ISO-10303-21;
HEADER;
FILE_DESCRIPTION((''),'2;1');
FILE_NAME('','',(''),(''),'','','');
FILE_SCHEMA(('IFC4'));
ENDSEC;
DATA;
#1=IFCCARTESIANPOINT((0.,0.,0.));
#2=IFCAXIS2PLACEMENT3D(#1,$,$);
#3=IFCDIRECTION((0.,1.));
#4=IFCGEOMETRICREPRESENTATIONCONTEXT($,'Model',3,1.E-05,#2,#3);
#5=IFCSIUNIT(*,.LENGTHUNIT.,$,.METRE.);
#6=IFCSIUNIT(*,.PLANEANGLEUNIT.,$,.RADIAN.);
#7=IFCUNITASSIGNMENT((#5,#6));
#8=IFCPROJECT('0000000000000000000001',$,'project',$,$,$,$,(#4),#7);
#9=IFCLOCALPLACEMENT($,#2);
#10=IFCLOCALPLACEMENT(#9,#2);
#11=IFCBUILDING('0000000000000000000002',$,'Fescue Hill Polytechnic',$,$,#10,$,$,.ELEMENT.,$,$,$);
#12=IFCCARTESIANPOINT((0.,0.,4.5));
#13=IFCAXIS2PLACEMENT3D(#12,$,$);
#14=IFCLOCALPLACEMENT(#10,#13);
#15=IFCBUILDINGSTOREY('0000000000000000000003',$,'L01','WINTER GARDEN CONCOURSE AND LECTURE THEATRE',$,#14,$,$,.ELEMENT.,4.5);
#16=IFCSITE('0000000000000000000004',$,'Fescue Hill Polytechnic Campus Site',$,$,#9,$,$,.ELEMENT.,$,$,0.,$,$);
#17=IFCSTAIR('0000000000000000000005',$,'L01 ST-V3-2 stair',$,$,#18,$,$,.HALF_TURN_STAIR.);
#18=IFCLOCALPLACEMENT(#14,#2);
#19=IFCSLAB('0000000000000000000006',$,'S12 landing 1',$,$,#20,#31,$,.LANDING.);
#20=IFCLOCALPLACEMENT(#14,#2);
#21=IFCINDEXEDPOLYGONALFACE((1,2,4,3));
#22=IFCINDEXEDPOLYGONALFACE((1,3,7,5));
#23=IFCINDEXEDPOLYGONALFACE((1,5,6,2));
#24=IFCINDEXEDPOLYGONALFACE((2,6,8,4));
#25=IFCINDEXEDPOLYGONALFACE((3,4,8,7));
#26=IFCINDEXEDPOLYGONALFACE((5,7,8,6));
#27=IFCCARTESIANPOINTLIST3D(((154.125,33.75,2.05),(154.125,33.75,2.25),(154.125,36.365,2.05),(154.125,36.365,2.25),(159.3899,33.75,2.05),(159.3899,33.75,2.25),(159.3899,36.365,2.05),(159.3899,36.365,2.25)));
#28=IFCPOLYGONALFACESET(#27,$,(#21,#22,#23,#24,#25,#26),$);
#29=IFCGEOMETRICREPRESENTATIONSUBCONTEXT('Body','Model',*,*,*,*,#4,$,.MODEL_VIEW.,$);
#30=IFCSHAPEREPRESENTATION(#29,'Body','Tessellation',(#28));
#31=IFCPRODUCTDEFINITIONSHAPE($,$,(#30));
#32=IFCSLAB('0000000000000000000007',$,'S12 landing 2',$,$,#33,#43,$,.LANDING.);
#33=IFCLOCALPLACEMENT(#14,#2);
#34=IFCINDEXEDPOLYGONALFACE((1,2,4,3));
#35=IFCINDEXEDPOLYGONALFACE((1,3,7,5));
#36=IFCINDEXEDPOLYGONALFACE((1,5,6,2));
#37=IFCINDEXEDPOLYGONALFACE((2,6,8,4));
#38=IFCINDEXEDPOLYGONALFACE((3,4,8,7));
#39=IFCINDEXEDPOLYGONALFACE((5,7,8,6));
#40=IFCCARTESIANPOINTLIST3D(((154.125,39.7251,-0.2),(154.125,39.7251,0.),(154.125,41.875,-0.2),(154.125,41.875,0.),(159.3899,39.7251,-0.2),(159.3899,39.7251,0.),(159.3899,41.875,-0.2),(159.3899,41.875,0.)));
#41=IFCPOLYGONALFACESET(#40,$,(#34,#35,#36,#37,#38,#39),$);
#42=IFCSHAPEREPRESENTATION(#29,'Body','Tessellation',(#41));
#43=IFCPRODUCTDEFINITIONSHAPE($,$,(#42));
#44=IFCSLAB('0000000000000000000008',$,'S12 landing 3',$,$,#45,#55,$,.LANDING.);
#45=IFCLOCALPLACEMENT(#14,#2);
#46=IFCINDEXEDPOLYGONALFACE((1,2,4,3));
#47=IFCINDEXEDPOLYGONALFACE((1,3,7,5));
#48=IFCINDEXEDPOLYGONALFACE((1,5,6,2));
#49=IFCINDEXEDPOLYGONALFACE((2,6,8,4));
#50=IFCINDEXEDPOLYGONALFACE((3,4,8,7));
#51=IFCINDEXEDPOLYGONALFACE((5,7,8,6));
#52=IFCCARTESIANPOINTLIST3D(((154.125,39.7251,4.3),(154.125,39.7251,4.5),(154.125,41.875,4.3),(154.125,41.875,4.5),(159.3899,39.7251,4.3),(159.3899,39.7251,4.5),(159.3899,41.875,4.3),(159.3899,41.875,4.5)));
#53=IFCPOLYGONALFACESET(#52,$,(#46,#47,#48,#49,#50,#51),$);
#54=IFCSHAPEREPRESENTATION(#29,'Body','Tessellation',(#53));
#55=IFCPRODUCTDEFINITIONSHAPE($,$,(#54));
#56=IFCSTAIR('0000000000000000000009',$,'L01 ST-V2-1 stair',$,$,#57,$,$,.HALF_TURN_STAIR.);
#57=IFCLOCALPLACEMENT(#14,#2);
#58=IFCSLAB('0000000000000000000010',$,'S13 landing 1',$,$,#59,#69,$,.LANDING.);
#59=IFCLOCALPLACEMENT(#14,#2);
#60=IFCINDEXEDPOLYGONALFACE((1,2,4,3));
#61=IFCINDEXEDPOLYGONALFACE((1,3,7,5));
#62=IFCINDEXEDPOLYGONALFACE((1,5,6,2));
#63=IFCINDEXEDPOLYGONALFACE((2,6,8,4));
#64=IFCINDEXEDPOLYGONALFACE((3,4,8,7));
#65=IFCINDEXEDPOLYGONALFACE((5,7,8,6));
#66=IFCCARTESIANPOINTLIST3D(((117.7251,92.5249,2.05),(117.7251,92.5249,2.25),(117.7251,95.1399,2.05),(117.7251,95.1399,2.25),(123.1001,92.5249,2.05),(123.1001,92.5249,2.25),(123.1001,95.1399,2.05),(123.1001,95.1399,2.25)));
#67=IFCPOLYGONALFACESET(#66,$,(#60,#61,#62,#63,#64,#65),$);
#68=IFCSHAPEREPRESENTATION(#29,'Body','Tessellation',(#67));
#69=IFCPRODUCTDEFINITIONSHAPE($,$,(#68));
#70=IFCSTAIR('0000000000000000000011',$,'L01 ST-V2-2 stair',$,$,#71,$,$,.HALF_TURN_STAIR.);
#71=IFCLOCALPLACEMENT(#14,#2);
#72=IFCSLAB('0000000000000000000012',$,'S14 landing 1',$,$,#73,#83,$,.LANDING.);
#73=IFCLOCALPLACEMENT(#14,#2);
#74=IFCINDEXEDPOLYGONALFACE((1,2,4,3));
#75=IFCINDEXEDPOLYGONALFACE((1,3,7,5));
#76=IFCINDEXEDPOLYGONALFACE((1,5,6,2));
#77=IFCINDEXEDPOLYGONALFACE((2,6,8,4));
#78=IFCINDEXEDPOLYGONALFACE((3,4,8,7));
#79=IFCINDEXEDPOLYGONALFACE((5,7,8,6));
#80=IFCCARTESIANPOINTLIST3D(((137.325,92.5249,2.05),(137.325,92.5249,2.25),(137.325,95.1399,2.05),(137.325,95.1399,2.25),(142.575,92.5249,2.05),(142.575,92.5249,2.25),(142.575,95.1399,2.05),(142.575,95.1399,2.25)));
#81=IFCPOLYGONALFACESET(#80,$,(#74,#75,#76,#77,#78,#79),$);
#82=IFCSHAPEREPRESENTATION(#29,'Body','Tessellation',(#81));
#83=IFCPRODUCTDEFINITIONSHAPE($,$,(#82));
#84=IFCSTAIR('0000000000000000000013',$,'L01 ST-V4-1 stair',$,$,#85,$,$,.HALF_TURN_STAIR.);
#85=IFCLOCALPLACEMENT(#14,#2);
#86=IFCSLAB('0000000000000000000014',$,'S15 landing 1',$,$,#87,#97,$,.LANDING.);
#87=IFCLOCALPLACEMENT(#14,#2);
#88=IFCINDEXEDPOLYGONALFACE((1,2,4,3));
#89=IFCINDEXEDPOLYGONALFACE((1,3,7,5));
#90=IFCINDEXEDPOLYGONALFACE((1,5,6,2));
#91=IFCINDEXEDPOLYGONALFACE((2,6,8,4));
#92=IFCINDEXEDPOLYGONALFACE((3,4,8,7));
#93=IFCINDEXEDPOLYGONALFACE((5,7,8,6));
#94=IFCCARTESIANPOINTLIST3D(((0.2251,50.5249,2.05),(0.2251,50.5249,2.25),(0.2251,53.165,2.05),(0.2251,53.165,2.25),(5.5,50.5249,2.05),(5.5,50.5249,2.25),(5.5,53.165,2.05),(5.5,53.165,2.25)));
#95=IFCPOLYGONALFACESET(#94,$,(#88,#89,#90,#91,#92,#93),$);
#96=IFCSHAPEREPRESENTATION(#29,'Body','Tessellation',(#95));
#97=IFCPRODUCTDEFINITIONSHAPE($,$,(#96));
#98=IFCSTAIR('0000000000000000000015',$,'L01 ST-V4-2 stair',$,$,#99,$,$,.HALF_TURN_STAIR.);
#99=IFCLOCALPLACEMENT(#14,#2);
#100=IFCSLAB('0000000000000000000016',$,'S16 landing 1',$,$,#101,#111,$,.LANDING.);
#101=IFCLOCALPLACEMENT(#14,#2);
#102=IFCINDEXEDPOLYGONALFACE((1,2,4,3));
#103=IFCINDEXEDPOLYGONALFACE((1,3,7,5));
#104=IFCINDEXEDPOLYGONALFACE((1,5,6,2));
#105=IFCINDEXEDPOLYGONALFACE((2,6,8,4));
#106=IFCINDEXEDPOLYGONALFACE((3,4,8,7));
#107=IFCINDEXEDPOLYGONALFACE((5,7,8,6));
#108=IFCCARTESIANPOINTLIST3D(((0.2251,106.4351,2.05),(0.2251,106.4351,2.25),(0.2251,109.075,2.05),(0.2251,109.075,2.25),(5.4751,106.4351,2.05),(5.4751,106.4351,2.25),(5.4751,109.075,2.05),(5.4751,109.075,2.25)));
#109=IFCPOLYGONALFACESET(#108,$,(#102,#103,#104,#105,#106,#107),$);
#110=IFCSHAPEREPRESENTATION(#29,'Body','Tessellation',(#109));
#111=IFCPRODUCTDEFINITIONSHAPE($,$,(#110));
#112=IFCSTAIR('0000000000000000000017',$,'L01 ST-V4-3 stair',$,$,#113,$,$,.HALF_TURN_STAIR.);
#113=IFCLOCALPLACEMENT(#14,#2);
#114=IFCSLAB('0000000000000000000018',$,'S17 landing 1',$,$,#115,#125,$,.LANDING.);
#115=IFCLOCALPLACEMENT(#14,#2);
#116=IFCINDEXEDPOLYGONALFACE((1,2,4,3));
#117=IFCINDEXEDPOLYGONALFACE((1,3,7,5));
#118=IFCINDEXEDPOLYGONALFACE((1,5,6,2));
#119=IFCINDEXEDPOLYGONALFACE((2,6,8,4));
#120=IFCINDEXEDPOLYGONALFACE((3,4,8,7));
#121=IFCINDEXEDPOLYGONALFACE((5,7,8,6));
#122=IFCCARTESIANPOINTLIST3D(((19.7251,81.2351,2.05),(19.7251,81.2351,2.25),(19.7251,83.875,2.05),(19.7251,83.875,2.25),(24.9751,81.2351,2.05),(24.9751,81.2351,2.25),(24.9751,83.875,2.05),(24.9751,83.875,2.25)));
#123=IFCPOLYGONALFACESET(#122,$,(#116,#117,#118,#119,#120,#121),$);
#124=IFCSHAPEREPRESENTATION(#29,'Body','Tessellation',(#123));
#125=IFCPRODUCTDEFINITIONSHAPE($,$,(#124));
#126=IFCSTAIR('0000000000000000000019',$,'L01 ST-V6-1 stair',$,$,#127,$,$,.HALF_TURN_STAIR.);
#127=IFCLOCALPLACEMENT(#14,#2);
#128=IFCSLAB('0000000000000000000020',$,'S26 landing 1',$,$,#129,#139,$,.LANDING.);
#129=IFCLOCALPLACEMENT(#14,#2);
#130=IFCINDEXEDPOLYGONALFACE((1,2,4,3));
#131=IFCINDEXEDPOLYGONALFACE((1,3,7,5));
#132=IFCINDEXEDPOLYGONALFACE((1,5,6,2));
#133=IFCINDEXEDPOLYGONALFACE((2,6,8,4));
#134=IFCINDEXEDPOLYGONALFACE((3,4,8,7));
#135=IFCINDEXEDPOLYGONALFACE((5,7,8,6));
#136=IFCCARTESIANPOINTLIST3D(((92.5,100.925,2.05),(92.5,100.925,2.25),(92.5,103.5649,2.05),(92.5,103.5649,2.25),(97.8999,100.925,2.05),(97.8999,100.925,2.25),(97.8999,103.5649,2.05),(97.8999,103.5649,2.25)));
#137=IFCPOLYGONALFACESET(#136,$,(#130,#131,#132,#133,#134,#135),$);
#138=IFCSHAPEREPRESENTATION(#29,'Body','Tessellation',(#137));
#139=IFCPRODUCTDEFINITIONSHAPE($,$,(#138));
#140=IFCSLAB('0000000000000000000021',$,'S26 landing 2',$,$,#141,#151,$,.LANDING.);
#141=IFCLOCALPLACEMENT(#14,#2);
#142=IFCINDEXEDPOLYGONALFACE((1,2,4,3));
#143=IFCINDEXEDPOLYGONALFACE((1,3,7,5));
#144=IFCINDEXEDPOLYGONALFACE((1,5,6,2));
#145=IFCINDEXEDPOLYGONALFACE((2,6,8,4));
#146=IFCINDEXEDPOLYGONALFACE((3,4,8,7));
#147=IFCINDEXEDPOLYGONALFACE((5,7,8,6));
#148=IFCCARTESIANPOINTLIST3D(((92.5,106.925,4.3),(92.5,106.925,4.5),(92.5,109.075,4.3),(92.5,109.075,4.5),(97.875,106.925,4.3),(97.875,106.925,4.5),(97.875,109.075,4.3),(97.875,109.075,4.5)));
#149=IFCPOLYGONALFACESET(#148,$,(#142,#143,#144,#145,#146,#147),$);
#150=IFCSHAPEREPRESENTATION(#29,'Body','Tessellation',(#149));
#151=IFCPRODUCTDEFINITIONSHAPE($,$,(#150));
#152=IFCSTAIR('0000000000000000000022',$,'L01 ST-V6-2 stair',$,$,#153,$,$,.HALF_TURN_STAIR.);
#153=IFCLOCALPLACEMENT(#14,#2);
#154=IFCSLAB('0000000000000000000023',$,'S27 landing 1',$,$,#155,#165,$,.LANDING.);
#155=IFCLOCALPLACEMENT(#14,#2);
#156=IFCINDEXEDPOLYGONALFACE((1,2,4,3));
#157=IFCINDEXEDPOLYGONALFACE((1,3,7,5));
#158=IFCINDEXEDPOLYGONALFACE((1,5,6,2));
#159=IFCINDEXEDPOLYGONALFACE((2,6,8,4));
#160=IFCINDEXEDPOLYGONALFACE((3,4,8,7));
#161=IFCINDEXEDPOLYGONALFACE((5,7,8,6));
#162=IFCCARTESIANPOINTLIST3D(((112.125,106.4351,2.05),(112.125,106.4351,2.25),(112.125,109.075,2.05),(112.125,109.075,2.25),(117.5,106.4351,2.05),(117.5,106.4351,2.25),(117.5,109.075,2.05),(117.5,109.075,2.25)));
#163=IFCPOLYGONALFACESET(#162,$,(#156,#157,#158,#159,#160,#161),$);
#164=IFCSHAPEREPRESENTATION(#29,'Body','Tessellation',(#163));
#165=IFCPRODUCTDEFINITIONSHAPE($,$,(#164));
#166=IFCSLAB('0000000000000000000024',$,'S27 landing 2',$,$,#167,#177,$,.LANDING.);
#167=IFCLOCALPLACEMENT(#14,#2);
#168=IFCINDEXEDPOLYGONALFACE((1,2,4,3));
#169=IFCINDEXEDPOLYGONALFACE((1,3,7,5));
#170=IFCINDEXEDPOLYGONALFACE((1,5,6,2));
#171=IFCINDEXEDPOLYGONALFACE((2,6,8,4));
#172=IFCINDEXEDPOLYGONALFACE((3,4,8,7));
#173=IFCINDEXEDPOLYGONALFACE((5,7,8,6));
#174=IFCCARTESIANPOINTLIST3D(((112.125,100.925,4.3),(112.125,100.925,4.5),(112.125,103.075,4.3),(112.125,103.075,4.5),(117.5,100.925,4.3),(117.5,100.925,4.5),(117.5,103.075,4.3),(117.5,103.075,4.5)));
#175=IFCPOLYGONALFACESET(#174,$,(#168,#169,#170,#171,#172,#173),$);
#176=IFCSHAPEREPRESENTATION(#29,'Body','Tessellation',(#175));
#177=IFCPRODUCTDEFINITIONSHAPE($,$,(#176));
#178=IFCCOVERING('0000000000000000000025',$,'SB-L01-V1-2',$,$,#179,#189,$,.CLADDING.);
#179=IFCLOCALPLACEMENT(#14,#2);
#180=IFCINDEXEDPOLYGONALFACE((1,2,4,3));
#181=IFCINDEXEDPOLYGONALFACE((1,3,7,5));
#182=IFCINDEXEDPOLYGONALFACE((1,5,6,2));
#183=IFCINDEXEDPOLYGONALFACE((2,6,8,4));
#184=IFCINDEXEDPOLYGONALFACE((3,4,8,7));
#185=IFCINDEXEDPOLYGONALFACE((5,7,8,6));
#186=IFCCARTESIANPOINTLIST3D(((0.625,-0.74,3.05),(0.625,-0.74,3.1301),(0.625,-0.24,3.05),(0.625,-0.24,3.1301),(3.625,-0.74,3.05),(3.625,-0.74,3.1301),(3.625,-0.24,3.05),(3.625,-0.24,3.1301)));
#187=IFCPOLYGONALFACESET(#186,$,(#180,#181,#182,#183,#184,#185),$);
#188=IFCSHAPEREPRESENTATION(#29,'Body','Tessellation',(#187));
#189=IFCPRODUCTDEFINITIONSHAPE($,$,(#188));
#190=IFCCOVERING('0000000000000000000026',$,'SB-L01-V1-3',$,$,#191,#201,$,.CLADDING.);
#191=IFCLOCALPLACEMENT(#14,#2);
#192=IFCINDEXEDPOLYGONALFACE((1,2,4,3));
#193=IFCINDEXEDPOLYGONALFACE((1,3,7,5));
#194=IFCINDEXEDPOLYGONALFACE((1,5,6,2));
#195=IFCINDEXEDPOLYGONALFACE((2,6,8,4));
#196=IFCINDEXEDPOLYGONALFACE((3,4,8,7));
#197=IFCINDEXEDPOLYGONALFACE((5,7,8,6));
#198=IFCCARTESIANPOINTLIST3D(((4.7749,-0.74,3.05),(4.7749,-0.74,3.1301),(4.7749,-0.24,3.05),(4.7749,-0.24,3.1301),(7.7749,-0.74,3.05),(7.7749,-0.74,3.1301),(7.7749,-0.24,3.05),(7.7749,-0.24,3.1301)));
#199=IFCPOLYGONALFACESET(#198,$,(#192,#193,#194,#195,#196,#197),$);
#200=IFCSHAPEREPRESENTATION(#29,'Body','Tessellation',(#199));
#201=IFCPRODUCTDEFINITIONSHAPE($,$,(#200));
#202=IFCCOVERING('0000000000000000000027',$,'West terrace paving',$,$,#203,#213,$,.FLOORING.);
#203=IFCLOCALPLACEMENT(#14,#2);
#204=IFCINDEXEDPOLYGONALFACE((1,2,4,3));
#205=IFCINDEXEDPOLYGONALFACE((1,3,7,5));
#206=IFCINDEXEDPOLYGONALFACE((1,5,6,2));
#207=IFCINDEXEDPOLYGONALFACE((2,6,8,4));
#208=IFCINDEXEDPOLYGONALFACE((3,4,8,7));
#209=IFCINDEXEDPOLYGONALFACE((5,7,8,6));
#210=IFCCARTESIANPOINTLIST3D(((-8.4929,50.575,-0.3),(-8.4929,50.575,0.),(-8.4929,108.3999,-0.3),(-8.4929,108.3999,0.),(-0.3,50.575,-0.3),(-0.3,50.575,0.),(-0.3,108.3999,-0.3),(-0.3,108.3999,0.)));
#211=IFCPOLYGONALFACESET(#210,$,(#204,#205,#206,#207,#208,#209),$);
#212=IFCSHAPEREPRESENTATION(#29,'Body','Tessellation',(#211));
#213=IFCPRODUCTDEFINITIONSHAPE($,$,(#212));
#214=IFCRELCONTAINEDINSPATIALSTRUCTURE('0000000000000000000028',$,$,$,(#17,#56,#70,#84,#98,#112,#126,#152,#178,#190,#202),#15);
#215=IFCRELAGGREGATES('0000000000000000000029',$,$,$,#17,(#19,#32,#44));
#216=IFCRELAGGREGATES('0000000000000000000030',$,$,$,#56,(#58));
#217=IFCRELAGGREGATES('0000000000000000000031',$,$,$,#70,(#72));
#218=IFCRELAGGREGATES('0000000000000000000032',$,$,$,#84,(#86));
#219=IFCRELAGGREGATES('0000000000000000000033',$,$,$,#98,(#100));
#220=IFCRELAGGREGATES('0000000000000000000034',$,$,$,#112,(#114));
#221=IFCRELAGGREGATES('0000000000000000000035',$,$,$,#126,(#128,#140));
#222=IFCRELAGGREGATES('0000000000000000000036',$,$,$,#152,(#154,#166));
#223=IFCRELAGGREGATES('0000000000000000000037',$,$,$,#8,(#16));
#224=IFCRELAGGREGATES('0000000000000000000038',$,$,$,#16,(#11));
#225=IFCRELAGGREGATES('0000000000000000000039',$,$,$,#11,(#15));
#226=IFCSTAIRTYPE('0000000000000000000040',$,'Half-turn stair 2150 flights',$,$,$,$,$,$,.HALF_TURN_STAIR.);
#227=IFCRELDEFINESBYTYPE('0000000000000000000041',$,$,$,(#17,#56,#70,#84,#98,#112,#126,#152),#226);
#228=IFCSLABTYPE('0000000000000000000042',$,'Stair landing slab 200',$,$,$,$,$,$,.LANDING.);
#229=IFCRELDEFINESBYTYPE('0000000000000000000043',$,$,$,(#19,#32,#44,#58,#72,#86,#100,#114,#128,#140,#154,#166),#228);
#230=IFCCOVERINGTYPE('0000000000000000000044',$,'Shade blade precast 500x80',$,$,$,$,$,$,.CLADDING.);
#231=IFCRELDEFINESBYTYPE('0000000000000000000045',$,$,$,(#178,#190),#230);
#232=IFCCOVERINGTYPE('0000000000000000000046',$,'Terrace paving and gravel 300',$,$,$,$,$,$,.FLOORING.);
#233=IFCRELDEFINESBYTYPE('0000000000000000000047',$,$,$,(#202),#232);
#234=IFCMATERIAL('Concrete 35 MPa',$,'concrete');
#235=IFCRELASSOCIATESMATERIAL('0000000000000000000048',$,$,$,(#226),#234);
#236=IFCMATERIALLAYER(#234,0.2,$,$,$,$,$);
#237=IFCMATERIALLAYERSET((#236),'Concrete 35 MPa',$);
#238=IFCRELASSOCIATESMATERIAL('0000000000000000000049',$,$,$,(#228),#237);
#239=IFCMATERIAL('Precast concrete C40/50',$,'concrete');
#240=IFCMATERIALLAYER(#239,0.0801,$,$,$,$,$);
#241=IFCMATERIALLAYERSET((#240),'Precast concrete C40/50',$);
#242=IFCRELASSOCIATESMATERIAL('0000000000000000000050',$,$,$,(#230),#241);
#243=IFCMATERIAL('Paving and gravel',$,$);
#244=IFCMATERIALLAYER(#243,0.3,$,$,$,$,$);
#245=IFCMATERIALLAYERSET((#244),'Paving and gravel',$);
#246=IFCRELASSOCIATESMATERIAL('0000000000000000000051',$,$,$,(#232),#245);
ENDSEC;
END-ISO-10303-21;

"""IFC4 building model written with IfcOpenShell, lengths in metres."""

from ifc_helpers import new_model, si_unit, direction, frame, origin, origin_2d, place, context, subcontext, project, spatial, polyline, rectangle, outline, extrude, material, layer, layer_set, type_object, element, aggregate, save


model = new_model("IFC4")

# Units and contexts
model_context = context("Model", 3, precision=1e-05, world=origin(), true_north=direction((0.0, 1.0)))
body_context = subcontext(model_context, "Body", "Model", "MODEL_VIEW")
ifc_project = project(units=[si_unit("LENGTHUNIT", "METRE"), si_unit("PLANEANGLEUNIT", "RADIAN")], contexts=[model_context])

# Site, building, storey
site_placement = place(None, origin())
site = spatial("IfcSite", under=ifc_project, at=site_placement, Name="Fescue Hill Polytechnic Campus Site", CompositionType="ELEMENT", RefElevation=0.0)
building_placement = place(site_placement, origin())
building = spatial("IfcBuilding", under=site, at=building_placement, Name="Fescue Hill Polytechnic", CompositionType="ELEMENT")
storey_placement = place(building_placement, frame((0.0, 0.0, 4.5)))
storey = spatial("IfcBuildingStorey", under=building, at=storey_placement, Name="L01", Description="WINTER GARDEN CONCOURSE AND LECTURE THEATRE", CompositionType="ELEMENT", Elevation=4.5)

# Stair, slabs
ifc_material_1 = material(Name="Concrete 35 MPa", Category="concrete")
stair_type = type_object("IfcStairType", Name="Half-turn stair 2150 flights", PredefinedType="HALF_TURN_STAIR", material=ifc_material_1)
stair_1_placement = place(storey_placement, origin())
stair_1 = element("IfcStair", 1, at=stair_1_placement, inside=storey, type_object=stair_type, Name="L01 ST-V3-2 stair", PredefinedType="HALF_TURN_STAIR")
ifc_layer_1 = layer(ifc_material_1, 0.2)
ifc_layer_set_1 = layer_set([ifc_layer_1], Name="Concrete 35 MPa")
slab_type = type_object("IfcSlabType", Name="Stair landing slab 200", PredefinedType="LANDING", material=ifc_layer_set_1)
slab_1_placement = place(storey_placement, frame((0.0, 0.0, 2.05)))
slab_1 = element("IfcSlab", 2, at=slab_1_placement, type_object=slab_type, Name="S12 landing 1", PredefinedType="LANDING", context=body_context, shape_type="SweptSolid", body=[
    extrude(outline(polyline([(154.125, 33.75), (159.3899, 33.75), (159.3899, 36.365), (154.125, 36.365), (154.125, 33.75)])), origin(), (0.0, 0.0, 1.0), 0.2),
])
slab_2_placement = place(storey_placement, frame((0.0, 0.0, -0.2)))
slab_2 = element("IfcSlab", 3, at=slab_2_placement, type_object=slab_type, Name="S12 landing 2", PredefinedType="LANDING", context=body_context, shape_type="SweptSolid", body=[
    extrude(outline(polyline([(154.125, 39.7251), (159.3899, 39.7251), (159.3899, 41.875), (154.125, 41.875), (154.125, 39.7251)])), origin(), (0.0, 0.0, 1.0), 0.2),
])
slab_3_placement = place(storey_placement, frame((0.0, 0.0, 4.3)))
slab_3 = element("IfcSlab", 4, at=slab_3_placement, type_object=slab_type, Name="S12 landing 3", PredefinedType="LANDING", context=body_context, shape_type="SweptSolid", body=[
    extrude(outline(polyline([(154.125, 39.7251), (159.3899, 39.7251), (159.3899, 41.875), (154.125, 41.875), (154.125, 39.7251)])), origin(), (0.0, 0.0, 1.0), 0.2),
])
aggregate(stair_1, [slab_1, slab_2, slab_3])

# Stairs, slabs
stair_2_placement = place(storey_placement, origin())
stair_2 = element("IfcStair", 5, at=stair_2_placement, inside=storey, type_object=stair_type, Name="L01 ST-V2-1 stair", PredefinedType="HALF_TURN_STAIR")
slab_4_placement = place(storey_placement, frame((0.0, 0.0, 2.05)))
slab_4 = element("IfcSlab", 6, at=slab_4_placement, type_object=slab_type, Name="S13 landing 1", PredefinedType="LANDING", context=body_context, shape_type="SweptSolid", body=[
    extrude(outline(polyline([(117.7251, 92.5249), (123.1001, 92.5249), (123.1001, 95.1399), (117.7251, 95.1399), (117.7251, 92.5249)])), origin(), (0.0, 0.0, 1.0), 0.2),
])
aggregate(stair_2, [slab_4])
stair_3_placement = place(storey_placement, origin())
stair_3 = element("IfcStair", 7, at=stair_3_placement, inside=storey, type_object=stair_type, Name="L01 ST-V2-2 stair", PredefinedType="HALF_TURN_STAIR")
slab_5_placement = place(storey_placement, frame((0.0, 0.0, 2.05)))
slab_5 = element("IfcSlab", 8, at=slab_5_placement, type_object=slab_type, Name="S14 landing 1", PredefinedType="LANDING", context=body_context, shape_type="SweptSolid", body=[
    extrude(outline(polyline([(137.325, 92.5249), (142.575, 92.5249), (142.575, 95.1399), (137.325, 95.1399), (137.325, 92.5249)])), origin(), (0.0, 0.0, 1.0), 0.2),
])
aggregate(stair_3, [slab_5])
stair_4_placement = place(storey_placement, origin())
stair_4 = element("IfcStair", 9, at=stair_4_placement, inside=storey, type_object=stair_type, Name="L01 ST-V4-1 stair", PredefinedType="HALF_TURN_STAIR")
slab_6_placement = place(storey_placement, frame((0.0, 0.0, 2.05)))
slab_6 = element("IfcSlab", 10, at=slab_6_placement, type_object=slab_type, Name="S15 landing 1", PredefinedType="LANDING", context=body_context, shape_type="SweptSolid", body=[
    extrude(outline(polyline([(0.2251, 50.5249), (5.5, 50.5249), (5.5, 53.165), (0.2251, 53.165), (0.2251, 50.5249)])), origin(), (0.0, 0.0, 1.0), 0.2),
])
aggregate(stair_4, [slab_6])
stair_5_placement = place(storey_placement, origin())
stair_5 = element("IfcStair", 11, at=stair_5_placement, inside=storey, type_object=stair_type, Name="L01 ST-V4-2 stair", PredefinedType="HALF_TURN_STAIR")
slab_7_placement = place(storey_placement, frame((0.0, 0.0, 2.05)))
slab_7 = element("IfcSlab", 12, at=slab_7_placement, type_object=slab_type, Name="S16 landing 1", PredefinedType="LANDING", context=body_context, shape_type="SweptSolid", body=[
    extrude(outline(polyline([(0.2251, 106.4351), (5.4751, 106.4351), (5.4751, 109.075), (0.2251, 109.075), (0.2251, 106.4351)])), origin(), (0.0, 0.0, 1.0), 0.2),
])
aggregate(stair_5, [slab_7])
stair_6_placement = place(storey_placement, origin())
stair_6 = element("IfcStair", 13, at=stair_6_placement, inside=storey, type_object=stair_type, Name="L01 ST-V4-3 stair", PredefinedType="HALF_TURN_STAIR")
slab_8_placement = place(storey_placement, frame((0.0, 0.0, 2.05)))
slab_8 = element("IfcSlab", 14, at=slab_8_placement, type_object=slab_type, Name="S17 landing 1", PredefinedType="LANDING", context=body_context, shape_type="SweptSolid", body=[
    extrude(outline(polyline([(19.7251, 81.2351), (24.9751, 81.2351), (24.9751, 83.875), (19.7251, 83.875), (19.7251, 81.2351)])), origin(), (0.0, 0.0, 1.0), 0.2),
])
aggregate(stair_6, [slab_8])

# Stairs, slabs
stair_7_placement = place(storey_placement, origin())
stair_7 = element("IfcStair", 15, at=stair_7_placement, inside=storey, type_object=stair_type, Name="L01 ST-V6-1 stair", PredefinedType="HALF_TURN_STAIR")
slab_9_placement = place(storey_placement, frame((0.0, 0.0, 2.05)))
slab_9 = element("IfcSlab", 16, at=slab_9_placement, type_object=slab_type, Name="S26 landing 1", PredefinedType="LANDING", context=body_context, shape_type="SweptSolid", body=[
    extrude(outline(polyline([(92.5, 100.925), (97.8999, 100.925), (97.8999, 103.5649), (92.5, 103.5649), (92.5, 100.925)])), origin(), (0.0, 0.0, 1.0), 0.2),
])
slab_10_placement = place(storey_placement, frame((0.0, 0.0, 4.3)))
slab_10 = element("IfcSlab", 17, at=slab_10_placement, type_object=slab_type, Name="S26 landing 2", PredefinedType="LANDING", context=body_context, shape_type="SweptSolid", body=[
    extrude(outline(polyline([(92.5, 106.925), (97.875, 106.925), (97.875, 109.075), (92.5, 109.075), (92.5, 106.925)])), origin(), (0.0, 0.0, 1.0), 0.2),
])
aggregate(stair_7, [slab_9, slab_10])
stair_8_placement = place(storey_placement, origin())
stair_8 = element("IfcStair", 18, at=stair_8_placement, inside=storey, type_object=stair_type, Name="L01 ST-V6-2 stair", PredefinedType="HALF_TURN_STAIR")
slab_11_placement = place(storey_placement, frame((0.0, 0.0, 2.05)))
slab_11 = element("IfcSlab", 19, at=slab_11_placement, type_object=slab_type, Name="S27 landing 1", PredefinedType="LANDING", context=body_context, shape_type="SweptSolid", body=[
    extrude(outline(polyline([(112.125, 106.4351), (117.5, 106.4351), (117.5, 109.075), (112.125, 109.075), (112.125, 106.4351)])), origin(), (0.0, 0.0, 1.0), 0.2),
])
slab_12_placement = place(storey_placement, frame((0.0, 0.0, 4.3)))
slab_12 = element("IfcSlab", 20, at=slab_12_placement, type_object=slab_type, Name="S27 landing 2", PredefinedType="LANDING", context=body_context, shape_type="SweptSolid", body=[
    extrude(outline(polyline([(112.125, 100.925), (117.5, 100.925), (117.5, 103.075), (112.125, 103.075), (112.125, 100.925)])), origin(), (0.0, 0.0, 1.0), 0.2),
])
aggregate(stair_8, [slab_11, slab_12])

# Coverings
ifc_material_2 = material(Name="Precast concrete C40/50", Category="concrete")
ifc_layer_2 = layer(ifc_material_2, 0.0801)
ifc_layer_set_2 = layer_set([ifc_layer_2], Name="Precast concrete C40/50")
covering_type_1 = type_object("IfcCoveringType", Name="Shade blade precast 500x80", PredefinedType="CLADDING", material=ifc_layer_set_2)
for number, where, z_axis, x_axis, name in (
    (21, (2.125, -0.49, 3.05), (0.0, 0.0, 1.0), (1.0, 0.0, 0.0), "SB-L01-V1-2"),
    (22, (6.2749, -0.49, 3.05), (0.0, 0.0, 1.0), (1.0, 0.0, 0.0), "SB-L01-V1-3"),
):
    element("IfcCovering", number, at=place(storey_placement, frame(where, z_axis=z_axis, x_axis=x_axis)), inside=storey, type_object=covering_type_1, Name=name, PredefinedType="CLADDING", context=body_context, shape_type="SweptSolid", body=[
        extrude(rectangle(XDim=3.0, YDim=0.5, at=origin_2d()), origin(), (0.0, 0.0, 1.0), 0.0801),
    ])
ifc_material_3 = material(Name="Paving and gravel")
ifc_layer_3 = layer(ifc_material_3, 0.3)
ifc_layer_set_3 = layer_set([ifc_layer_3], Name="Paving and gravel")
covering_type_2 = type_object("IfcCoveringType", Name="Terrace paving and gravel 300", PredefinedType="FLOORING", material=ifc_layer_set_3)
covering_1_placement = place(storey_placement, frame((0.0, 0.0, -0.3)))
element("IfcCovering", 23, at=covering_1_placement, inside=storey, type_object=covering_type_2, Name="West terrace paving", PredefinedType="FLOORING", context=body_context, shape_type="SweptSolid", body=[
    extrude(outline(polyline([(-8.4929, 108.3999), (-0.3, 108.3999), (-0.3, 50.575), (-8.4929, 50.575), (-8.4929, 108.3999)])), origin(), (0.0, 0.0, 1.0), 0.3),
])

save(model, "model.ifc")
